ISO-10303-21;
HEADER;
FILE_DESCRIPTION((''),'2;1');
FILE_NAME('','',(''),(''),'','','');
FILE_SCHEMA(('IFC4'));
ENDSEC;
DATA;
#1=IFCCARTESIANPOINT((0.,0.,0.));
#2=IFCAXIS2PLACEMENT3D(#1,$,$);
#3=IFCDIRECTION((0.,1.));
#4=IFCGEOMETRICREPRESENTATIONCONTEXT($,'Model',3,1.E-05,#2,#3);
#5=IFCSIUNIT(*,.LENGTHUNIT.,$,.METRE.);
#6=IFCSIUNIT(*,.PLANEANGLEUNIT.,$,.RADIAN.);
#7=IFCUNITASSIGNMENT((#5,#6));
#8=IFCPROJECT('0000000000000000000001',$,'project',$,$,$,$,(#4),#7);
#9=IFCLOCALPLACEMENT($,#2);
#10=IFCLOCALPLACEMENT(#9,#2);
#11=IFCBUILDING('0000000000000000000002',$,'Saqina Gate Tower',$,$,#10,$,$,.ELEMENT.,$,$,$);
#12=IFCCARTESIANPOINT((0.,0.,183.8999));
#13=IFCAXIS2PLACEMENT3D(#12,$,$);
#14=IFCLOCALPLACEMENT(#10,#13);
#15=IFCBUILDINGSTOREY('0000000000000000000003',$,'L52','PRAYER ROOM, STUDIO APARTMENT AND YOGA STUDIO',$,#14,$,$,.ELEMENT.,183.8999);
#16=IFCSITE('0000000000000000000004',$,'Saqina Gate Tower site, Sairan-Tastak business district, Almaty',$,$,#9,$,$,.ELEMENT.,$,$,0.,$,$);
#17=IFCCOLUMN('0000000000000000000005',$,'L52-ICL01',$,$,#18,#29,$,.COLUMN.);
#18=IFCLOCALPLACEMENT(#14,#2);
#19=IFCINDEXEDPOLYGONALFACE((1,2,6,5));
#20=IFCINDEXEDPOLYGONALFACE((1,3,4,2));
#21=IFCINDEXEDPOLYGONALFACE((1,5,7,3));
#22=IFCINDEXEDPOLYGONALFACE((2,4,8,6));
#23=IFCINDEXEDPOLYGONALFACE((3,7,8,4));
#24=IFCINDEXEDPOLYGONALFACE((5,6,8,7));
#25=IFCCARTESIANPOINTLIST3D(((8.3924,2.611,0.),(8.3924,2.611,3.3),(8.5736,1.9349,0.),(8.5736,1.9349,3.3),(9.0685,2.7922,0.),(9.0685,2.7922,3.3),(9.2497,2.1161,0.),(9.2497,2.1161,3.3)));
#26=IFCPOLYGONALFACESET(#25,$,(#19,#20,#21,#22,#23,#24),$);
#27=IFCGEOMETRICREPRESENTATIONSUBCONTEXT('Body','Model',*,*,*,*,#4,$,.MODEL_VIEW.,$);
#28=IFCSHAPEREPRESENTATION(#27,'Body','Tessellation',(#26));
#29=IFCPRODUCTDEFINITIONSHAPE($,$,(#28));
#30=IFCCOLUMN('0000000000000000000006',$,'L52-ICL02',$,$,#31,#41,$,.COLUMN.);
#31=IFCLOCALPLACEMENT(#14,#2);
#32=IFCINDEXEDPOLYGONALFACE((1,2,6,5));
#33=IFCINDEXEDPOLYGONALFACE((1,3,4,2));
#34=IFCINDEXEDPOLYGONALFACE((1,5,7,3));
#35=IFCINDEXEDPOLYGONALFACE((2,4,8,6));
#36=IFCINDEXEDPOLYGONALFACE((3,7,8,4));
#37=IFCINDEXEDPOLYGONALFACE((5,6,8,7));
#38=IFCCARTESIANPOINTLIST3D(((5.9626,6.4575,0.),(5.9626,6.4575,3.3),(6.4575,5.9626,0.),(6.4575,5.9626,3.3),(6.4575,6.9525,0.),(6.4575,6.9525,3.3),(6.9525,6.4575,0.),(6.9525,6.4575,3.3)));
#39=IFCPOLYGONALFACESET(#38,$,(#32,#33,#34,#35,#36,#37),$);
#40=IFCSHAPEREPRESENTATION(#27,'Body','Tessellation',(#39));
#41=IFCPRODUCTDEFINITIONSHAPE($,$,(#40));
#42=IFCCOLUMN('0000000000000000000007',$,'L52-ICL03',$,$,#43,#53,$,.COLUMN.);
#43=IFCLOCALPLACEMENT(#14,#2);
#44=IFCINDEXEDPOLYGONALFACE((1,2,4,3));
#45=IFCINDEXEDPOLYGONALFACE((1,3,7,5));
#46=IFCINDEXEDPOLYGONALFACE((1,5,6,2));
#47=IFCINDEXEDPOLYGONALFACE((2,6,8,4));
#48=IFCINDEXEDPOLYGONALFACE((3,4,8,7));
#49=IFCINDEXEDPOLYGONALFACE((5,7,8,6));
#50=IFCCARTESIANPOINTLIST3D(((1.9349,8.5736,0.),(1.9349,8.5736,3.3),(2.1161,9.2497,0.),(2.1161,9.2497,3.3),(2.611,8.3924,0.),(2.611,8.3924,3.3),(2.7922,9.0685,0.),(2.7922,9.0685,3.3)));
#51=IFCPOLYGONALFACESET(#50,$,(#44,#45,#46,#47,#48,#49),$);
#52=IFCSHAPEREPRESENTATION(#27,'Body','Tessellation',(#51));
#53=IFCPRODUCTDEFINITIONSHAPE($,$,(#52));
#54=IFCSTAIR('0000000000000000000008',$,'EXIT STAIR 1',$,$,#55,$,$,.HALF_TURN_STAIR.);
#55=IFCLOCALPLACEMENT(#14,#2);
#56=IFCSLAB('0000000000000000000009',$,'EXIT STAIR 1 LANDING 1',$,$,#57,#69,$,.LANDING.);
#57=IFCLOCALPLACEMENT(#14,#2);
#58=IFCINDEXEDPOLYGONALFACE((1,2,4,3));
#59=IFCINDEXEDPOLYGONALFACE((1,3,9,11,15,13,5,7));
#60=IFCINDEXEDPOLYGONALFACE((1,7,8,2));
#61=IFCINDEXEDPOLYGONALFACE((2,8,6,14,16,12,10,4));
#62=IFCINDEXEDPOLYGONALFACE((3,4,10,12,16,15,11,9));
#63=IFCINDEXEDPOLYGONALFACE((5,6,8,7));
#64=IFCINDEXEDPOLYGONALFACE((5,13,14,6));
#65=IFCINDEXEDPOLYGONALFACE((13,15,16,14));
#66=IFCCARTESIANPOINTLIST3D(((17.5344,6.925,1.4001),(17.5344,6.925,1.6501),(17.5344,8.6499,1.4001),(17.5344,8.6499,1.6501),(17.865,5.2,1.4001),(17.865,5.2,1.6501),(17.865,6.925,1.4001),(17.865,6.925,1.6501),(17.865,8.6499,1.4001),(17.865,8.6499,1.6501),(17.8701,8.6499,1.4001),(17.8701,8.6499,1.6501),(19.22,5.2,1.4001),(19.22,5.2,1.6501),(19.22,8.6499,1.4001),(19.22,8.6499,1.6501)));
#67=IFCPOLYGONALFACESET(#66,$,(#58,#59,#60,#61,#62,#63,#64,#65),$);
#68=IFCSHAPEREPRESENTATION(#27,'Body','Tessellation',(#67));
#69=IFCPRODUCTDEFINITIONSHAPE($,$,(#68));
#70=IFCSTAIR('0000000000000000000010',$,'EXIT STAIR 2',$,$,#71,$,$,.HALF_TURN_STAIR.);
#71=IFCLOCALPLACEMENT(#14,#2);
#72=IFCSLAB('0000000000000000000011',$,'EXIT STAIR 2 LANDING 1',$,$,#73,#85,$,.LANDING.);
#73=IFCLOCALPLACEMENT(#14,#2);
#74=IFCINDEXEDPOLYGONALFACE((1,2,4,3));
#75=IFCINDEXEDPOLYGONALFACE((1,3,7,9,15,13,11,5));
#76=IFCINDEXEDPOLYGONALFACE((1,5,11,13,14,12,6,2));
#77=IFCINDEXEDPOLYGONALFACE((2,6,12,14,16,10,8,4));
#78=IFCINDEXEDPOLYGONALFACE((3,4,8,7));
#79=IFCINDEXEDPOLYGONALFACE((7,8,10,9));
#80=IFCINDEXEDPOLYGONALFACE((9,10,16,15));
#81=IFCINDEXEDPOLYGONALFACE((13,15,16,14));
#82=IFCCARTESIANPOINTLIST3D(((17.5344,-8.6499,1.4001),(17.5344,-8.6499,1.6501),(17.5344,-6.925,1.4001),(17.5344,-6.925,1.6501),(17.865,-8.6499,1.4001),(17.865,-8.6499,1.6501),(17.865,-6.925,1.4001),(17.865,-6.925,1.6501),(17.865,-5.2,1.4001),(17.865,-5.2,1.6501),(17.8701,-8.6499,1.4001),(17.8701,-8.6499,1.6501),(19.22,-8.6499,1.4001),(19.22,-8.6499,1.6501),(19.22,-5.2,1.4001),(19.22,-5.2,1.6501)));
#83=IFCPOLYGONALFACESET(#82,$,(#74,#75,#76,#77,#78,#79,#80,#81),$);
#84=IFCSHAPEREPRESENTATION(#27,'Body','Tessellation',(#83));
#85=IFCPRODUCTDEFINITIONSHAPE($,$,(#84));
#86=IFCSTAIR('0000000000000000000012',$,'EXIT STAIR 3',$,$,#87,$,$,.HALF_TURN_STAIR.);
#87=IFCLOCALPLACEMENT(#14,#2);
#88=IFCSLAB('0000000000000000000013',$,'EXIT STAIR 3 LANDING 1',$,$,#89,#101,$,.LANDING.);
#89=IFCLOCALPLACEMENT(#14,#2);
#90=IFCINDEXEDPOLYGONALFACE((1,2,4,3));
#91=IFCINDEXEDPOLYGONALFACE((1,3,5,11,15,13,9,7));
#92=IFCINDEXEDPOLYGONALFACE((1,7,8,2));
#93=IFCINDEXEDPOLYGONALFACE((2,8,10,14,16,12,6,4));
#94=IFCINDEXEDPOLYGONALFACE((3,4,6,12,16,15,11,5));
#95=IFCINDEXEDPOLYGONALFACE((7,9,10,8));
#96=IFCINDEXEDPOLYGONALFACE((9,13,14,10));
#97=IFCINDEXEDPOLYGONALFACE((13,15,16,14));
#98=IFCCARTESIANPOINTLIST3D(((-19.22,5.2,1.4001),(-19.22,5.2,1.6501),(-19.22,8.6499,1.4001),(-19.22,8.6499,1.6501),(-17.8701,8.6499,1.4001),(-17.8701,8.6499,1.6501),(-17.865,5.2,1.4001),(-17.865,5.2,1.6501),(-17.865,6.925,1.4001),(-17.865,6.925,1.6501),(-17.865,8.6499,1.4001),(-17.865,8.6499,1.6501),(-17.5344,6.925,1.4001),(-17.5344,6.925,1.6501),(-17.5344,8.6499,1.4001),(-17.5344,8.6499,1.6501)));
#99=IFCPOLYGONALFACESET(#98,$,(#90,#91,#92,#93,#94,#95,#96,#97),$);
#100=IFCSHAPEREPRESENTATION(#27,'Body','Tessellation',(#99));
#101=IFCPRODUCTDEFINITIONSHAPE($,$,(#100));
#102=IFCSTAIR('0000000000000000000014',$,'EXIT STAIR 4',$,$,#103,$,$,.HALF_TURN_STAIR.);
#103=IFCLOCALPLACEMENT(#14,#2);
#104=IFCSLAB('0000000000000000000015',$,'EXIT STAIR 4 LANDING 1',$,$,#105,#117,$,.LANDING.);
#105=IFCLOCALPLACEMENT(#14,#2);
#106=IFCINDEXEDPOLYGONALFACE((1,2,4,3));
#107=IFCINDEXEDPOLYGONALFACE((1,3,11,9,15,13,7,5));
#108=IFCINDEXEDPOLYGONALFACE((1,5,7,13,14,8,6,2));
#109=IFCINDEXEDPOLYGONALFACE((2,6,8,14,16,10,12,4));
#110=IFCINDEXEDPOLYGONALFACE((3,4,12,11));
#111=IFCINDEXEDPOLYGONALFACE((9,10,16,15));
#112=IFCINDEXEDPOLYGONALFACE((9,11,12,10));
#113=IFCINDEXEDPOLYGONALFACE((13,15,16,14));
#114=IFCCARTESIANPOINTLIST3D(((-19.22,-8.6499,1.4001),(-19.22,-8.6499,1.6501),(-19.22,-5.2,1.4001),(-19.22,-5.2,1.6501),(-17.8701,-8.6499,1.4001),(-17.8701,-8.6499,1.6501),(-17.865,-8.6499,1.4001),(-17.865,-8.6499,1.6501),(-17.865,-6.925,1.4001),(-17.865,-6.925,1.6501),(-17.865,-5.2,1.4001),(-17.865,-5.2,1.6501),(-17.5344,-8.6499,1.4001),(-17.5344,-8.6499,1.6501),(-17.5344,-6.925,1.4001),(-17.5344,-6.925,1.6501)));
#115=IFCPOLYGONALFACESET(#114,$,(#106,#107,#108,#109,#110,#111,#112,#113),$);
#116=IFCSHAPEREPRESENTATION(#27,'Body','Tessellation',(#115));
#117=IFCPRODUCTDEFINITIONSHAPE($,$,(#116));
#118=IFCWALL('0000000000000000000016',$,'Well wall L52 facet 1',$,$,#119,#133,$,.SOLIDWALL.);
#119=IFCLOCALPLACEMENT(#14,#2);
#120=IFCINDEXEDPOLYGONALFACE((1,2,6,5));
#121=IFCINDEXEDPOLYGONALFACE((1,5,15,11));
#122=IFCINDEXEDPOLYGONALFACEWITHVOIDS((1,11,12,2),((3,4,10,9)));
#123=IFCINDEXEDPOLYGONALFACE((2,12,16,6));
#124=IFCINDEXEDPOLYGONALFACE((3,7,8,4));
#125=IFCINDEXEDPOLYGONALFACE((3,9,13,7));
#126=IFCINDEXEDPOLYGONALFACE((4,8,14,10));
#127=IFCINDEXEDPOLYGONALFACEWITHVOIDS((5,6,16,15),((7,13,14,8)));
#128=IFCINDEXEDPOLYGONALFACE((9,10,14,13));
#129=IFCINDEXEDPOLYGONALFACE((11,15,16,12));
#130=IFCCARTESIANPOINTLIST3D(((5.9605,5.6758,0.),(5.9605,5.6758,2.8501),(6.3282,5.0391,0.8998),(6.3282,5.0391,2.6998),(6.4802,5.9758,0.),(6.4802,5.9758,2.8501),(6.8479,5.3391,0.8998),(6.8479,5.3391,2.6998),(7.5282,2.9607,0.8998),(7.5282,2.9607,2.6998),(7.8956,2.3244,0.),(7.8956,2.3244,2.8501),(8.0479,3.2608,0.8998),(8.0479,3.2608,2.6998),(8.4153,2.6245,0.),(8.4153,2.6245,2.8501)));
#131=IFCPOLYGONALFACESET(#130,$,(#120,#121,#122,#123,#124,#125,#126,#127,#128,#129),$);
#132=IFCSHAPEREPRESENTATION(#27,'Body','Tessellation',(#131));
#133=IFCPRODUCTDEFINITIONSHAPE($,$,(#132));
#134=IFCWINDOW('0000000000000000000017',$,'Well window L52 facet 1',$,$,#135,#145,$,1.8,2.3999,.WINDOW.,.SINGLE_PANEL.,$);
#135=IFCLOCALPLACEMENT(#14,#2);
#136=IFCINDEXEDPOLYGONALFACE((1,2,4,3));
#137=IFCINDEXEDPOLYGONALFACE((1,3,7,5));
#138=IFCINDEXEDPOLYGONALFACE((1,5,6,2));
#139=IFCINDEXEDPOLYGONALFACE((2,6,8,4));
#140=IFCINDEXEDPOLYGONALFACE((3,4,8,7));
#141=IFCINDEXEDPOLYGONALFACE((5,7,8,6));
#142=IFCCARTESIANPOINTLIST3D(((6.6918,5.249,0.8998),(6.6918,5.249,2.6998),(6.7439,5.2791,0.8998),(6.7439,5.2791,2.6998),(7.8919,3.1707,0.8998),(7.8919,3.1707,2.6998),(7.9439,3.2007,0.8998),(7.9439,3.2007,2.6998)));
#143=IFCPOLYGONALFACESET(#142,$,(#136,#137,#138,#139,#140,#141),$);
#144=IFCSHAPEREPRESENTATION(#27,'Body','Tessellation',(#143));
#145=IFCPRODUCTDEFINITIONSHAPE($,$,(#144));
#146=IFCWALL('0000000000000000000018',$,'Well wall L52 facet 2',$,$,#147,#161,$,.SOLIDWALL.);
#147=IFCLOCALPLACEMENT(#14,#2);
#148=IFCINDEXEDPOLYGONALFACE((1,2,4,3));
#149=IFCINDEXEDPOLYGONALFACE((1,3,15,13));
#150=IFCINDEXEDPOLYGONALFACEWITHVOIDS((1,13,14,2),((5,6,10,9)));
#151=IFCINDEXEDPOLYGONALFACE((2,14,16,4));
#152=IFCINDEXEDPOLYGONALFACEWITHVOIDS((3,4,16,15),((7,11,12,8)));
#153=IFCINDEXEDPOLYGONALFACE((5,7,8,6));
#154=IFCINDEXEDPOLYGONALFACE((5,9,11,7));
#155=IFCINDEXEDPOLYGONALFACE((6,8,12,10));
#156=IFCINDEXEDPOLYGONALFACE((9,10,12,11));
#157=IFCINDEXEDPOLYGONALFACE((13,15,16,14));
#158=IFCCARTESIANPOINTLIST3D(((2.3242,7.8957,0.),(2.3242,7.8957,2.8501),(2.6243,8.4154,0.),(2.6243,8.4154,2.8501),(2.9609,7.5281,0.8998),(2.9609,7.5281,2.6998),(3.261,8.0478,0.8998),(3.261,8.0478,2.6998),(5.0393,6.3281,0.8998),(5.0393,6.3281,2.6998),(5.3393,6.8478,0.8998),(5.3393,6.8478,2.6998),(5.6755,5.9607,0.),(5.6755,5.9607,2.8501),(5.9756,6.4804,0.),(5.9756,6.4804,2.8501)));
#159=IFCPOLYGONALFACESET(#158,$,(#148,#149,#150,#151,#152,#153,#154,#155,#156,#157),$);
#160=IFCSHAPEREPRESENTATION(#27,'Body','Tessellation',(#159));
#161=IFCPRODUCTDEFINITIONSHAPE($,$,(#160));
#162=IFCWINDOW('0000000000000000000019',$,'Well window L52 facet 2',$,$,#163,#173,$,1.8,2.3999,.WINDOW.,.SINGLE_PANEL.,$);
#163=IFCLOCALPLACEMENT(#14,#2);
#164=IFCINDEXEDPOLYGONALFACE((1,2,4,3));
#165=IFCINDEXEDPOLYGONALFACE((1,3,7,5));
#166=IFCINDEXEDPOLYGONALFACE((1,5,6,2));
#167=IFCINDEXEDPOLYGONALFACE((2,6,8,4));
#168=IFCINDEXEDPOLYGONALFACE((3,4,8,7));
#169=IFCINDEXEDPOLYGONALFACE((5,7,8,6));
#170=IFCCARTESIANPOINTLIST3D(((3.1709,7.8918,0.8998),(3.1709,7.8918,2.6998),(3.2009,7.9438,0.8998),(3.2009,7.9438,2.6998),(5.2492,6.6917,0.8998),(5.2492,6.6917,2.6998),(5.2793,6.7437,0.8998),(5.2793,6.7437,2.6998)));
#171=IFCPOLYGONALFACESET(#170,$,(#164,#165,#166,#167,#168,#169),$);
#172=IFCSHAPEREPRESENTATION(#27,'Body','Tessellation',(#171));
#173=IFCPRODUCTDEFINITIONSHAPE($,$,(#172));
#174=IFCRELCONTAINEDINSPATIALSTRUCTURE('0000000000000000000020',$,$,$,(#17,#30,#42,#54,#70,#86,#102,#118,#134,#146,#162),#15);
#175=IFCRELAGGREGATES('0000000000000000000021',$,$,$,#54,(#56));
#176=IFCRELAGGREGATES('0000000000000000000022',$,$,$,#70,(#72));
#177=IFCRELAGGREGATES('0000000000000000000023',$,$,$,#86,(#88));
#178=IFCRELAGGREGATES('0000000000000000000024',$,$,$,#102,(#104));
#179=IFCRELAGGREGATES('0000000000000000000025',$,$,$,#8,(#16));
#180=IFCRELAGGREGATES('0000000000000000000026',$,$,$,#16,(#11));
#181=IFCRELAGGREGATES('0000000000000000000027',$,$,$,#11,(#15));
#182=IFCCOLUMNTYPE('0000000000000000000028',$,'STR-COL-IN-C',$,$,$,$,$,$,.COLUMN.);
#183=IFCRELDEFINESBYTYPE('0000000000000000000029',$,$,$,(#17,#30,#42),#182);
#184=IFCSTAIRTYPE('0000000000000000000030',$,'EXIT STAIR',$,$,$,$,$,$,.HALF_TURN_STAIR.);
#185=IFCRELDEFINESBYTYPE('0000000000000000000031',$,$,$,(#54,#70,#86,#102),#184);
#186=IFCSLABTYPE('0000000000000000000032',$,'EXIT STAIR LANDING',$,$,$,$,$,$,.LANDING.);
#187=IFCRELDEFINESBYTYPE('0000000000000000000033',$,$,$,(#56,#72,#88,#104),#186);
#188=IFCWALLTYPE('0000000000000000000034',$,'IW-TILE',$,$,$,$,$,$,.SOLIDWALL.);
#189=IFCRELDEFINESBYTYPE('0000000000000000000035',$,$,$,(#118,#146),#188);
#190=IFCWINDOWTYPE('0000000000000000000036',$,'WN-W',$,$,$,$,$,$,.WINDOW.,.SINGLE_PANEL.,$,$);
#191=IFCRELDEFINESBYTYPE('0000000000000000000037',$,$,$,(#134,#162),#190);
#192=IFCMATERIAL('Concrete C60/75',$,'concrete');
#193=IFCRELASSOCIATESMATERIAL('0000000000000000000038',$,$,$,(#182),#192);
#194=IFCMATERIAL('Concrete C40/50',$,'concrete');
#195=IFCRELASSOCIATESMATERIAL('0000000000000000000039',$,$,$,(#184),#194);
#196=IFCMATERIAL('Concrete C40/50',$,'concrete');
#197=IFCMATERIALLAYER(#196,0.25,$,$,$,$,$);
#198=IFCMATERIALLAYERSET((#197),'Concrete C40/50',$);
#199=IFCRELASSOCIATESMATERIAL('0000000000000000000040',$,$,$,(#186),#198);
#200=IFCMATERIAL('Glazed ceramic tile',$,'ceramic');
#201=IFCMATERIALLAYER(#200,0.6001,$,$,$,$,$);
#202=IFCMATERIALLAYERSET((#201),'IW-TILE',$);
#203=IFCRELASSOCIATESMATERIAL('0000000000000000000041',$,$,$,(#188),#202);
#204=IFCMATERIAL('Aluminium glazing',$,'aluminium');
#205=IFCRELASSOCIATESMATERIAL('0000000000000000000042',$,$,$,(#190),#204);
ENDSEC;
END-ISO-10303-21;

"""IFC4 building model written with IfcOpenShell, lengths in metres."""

from ifc_helpers import new_model, si_unit, direction, frame, frame_2d, origin, origin_2d, place, context, subcontext, project, spatial, polyline, rectangle, outline, extrude, material, layer, layer_set, material_profile, profile_set, type_object, element, fill, aggregate, save


model = new_model("IFC4")

# Units and contexts
model_context = context("Model", 3, precision=1e-05, world=origin(), true_north=direction((0.0, 1.0)))
body_context = subcontext(model_context, "Body", "Model", "MODEL_VIEW")
ifc_project = project(units=[si_unit("LENGTHUNIT", "METRE"), si_unit("PLANEANGLEUNIT", "RADIAN")], contexts=[model_context])

# Site, building, storey
site_placement = place(None, origin())
site = spatial("IfcSite", under=ifc_project, at=site_placement, Name="Saqina Gate Tower site, Sairan-Tastak business district, Almaty", CompositionType="ELEMENT", RefElevation=0.0)
building_placement = place(site_placement, origin())
building = spatial("IfcBuilding", under=site, at=building_placement, Name="Saqina Gate Tower", CompositionType="ELEMENT")
storey_placement = place(building_placement, frame((0.0, 0.0, 183.8999)))
storey = spatial("IfcBuildingStorey", under=building, at=storey_placement, Name="L52", Description="PRAYER ROOM, STUDIO APARTMENT AND YOGA STUDIO", CompositionType="ELEMENT", Elevation=183.8999)

# Columns
ifc_material_1 = material(Name="Concrete C60/75", Category="concrete")
ifc_material_profile = material_profile(ifc_material_1, rectangle(XDim=0.7, YDim=0.7, at=origin_2d()), Name="RC 700x700")
ifc_profile_set = profile_set([ifc_material_profile], Name="Concrete C60/75")
column_type = type_object("IfcColumnType", Name="STR-COL-IN-C", PredefinedType="COLUMN", material=ifc_profile_set)
for number, where, z_axis, x_axis, name in (
    (1, (8.821, 2.3635, 0.0), (0.0, 0.0, 1.0), (0.965926, 0.258819, 0.0), "L52-ICL01"),
    (2, (6.4575, 6.4575, 0.0), (0.0, 0.0, 1.0), (0.707107, 0.707107, 0.0), "L52-ICL02"),
    (3, (2.3635, 8.821, 0.0), (0.0, 0.0, 1.0), (0.258819, 0.965926, 0.0), "L52-ICL03"),
):
    element("IfcColumn", number, at=place(storey_placement, frame(where, z_axis=z_axis, x_axis=x_axis)), inside=storey, type_object=column_type, Name=name, PredefinedType="COLUMN", context=body_context, shape_type="SweptSolid", body=[
        extrude(rectangle(XDim=0.7, YDim=0.7, at=origin_2d()), origin(), (0.0, 0.0, 1.0), 3.3),
    ])

# Stairs, slabs
ifc_material_2 = material(Name="Concrete C40/50", Category="concrete")
stair_type = type_object("IfcStairType", Name="EXIT STAIR", PredefinedType="HALF_TURN_STAIR", material=ifc_material_2)
stair_1_placement = place(storey_placement, origin())
stair_1 = element("IfcStair", 4, at=stair_1_placement, inside=storey, type_object=stair_type, Name="EXIT STAIR 1", PredefinedType="HALF_TURN_STAIR")
ifc_material_3 = material(Name="Concrete C40/50", Category="concrete")
ifc_layer_1 = layer(ifc_material_3, 0.25)
ifc_layer_set_1 = layer_set([ifc_layer_1], Name="Concrete C40/50")
slab_type = type_object("IfcSlabType", Name="EXIT STAIR LANDING", PredefinedType="LANDING", material=ifc_layer_set_1)
slab_1_placement = place(storey_placement, frame((0.0, 0.0, 1.4001)))
slab_1 = element("IfcSlab", 5, at=slab_1_placement, type_object=slab_type, Name="EXIT STAIR 1 LANDING 1", PredefinedType="LANDING", context=body_context, shape_type="SweptSolid", body=[
    extrude(outline(polyline([(19.22, 8.6499), (19.22, 5.2), (17.865, 5.2), (17.865, 6.925), (17.5344, 6.925), (17.5344, 8.6499), (17.865, 8.6499), (17.8701, 8.6499), (19.22, 8.6499)])), origin(), (0.0, 0.0, 1.0), 0.25),
])
aggregate(stair_1, [slab_1])
stair_2_placement = place(storey_placement, origin())
stair_2 = element("IfcStair", 6, at=stair_2_placement, inside=storey, type_object=stair_type, Name="EXIT STAIR 2", PredefinedType="HALF_TURN_STAIR")
slab_2_placement = place(storey_placement, frame((0.0, 0.0, 1.4001)))
slab_2 = element("IfcSlab", 7, at=slab_2_placement, type_object=slab_type, Name="EXIT STAIR 2 LANDING 1", PredefinedType="LANDING", context=body_context, shape_type="SweptSolid", body=[
    extrude(outline(polyline([(17.5344, -8.6499), (17.5344, -6.925), (17.865, -6.925), (17.865, -5.2), (19.22, -5.2), (19.22, -8.6499), (17.8701, -8.6499), (17.865, -8.6499), (17.5344, -8.6499)])), origin(), (0.0, 0.0, 1.0), 0.25),
])
aggregate(stair_2, [slab_2])
stair_3_placement = place(storey_placement, origin())
stair_3 = element("IfcStair", 8, at=stair_3_placement, inside=storey, type_object=stair_type, Name="EXIT STAIR 3", PredefinedType="HALF_TURN_STAIR")
slab_3_placement = place(storey_placement, frame((0.0, 0.0, 1.4001)))
slab_3 = element("IfcSlab", 9, at=slab_3_placement, type_object=slab_type, Name="EXIT STAIR 3 LANDING 1", PredefinedType="LANDING", context=body_context, shape_type="SweptSolid", body=[
    extrude(outline(polyline([(-17.865, 5.2), (-19.22, 5.2), (-19.22, 8.6499), (-17.8701, 8.6499), (-17.865, 8.6499), (-17.5344, 8.6499), (-17.5344, 6.925), (-17.865, 6.925), (-17.865, 5.2)])), origin(), (0.0, 0.0, 1.0), 0.25),
])
aggregate(stair_3, [slab_3])
stair_4_placement = place(storey_placement, origin())
stair_4 = element("IfcStair", 10, at=stair_4_placement, inside=storey, type_object=stair_type, Name="EXIT STAIR 4", PredefinedType="HALF_TURN_STAIR")
slab_4_placement = place(storey_placement, frame((0.0, 0.0, 1.4001)))
slab_4 = element("IfcSlab", 11, at=slab_4_placement, type_object=slab_type, Name="EXIT STAIR 4 LANDING 1", PredefinedType="LANDING", context=body_context, shape_type="SweptSolid", body=[
    extrude(outline(polyline([(-17.5344, -6.925), (-17.5344, -8.6499), (-17.865, -8.6499), (-17.8701, -8.6499), (-19.22, -8.6499), (-19.22, -5.2), (-17.865, -5.2), (-17.865, -6.925), (-17.5344, -6.925)])), origin(), (0.0, 0.0, 1.0), 0.25),
])
aggregate(stair_4, [slab_4])

# Walls, openings, windows
ifc_material_4 = material(Name="Glazed ceramic tile", Category="ceramic")
ifc_layer_2 = layer(ifc_material_4, 0.6001)
ifc_layer_set_2 = layer_set([ifc_layer_2], Name="IW-TILE")
wall_type_1 = type_object("IfcWallType", Name="IW-TILE", PredefinedType="SOLIDWALL", material=ifc_layer_set_2)
wall_1_placement = place(storey_placement, frame((8.1555, 2.4744, 0.0), z_axis=(0.0, 0.0, 1.0), x_axis=(-0.500034, 0.866006, 0.0)))
wall_1 = element("IfcWall", 12, at=wall_1_placement, inside=storey, type_object=wall_type_1, Name="Well wall L52 facet 1", PredefinedType="SOLIDWALL", context=body_context, shape_type="SweptSolid", body=[
    extrude(rectangle(XDim=3.8699, YDim=0.6001, at=frame_2d((1.9351, 0.0))), origin(), (0.0, 0.0, 1.0), 2.8501),
])
opening_1_placement = place(wall_1_placement, frame((0.7349, 0.0, 0.8999)))
opening_1 = element("IfcOpeningElement", 13, at=opening_1_placement, cuts=wall_1, PredefinedType="OPENING", context=body_context, shape_type="SweptSolid", body=[
    extrude(rectangle(XDim=2.3999, YDim=1.8, at=frame_2d((1.2, 0.8999))), frame((0.0, 0.312, 0.0), z_axis=(0.0, -1.0, 0.0), x_axis=(1.0, 0.0, 0.0)), (0.0, 0.0, 1.0), 0.624),
])
ifc_material_5 = material(Name="Aluminium glazing", Category="aluminium")
window_type = type_object("IfcWindowType", Name="WN-W", PartitioningType="SINGLE_PANEL", PredefinedType="WINDOW", material=ifc_material_5)
window_1_placement = place(opening_1_placement, origin())
window_1 = element("IfcWindow", 14, at=window_1_placement, inside=storey, type_object=window_type, Name="Well window L52 facet 1", OverallHeight=1.8, OverallWidth=2.3999, PartitioningType="SINGLE_PANEL", PredefinedType="WINDOW", context=body_context, shape_type="SweptSolid", body=[
    extrude(rectangle(XDim=2.3999, YDim=1.8, at=frame_2d((1.2, 0.8999))), frame((0.0, -0.1199, 0.0), z_axis=(0.0, -1.0, 0.0), x_axis=(1.0, 0.0, 0.0)), (0.0, 0.0, 1.0), 0.0601),
])
fill(opening_1, window_1)
wall_2_placement = place(storey_placement, frame((5.8257, 6.2205, 0.0), z_axis=(0.0, 0.0, 1.0), x_axis=(-0.866006, 0.500034, 0.0)))
wall_2 = element("IfcWall", 15, at=wall_2_placement, inside=storey, type_object=wall_type_1, Name="Well wall L52 facet 2", PredefinedType="SOLIDWALL", context=body_context, shape_type="SweptSolid", body=[
    extrude(rectangle(XDim=3.8699, YDim=0.6001, at=frame_2d((1.9351, 0.0))), origin(), (0.0, 0.0, 1.0), 2.8501),
])
opening_2_placement = place(wall_2_placement, frame((0.7349, 0.0, 0.8999)))
opening_2 = element("IfcOpeningElement", 16, at=opening_2_placement, cuts=wall_2, PredefinedType="OPENING", context=body_context, shape_type="SweptSolid", body=[
    extrude(rectangle(XDim=2.3999, YDim=1.8, at=frame_2d((1.2, 0.8999))), frame((0.0, 0.312, 0.0), z_axis=(0.0, -1.0, 0.0), x_axis=(1.0, 0.0, 0.0)), (0.0, 0.0, 1.0), 0.624),
])
window_2_placement = place(opening_2_placement, origin())
window_2 = element("IfcWindow", 17, at=window_2_placement, inside=storey, type_object=window_type, Name="Well window L52 facet 2", OverallHeight=1.8, OverallWidth=2.3999, PartitioningType="SINGLE_PANEL", PredefinedType="WINDOW", context=body_context, shape_type="SweptSolid", body=[
    extrude(rectangle(XDim=2.3999, YDim=1.8, at=frame_2d((1.2, 0.8999))), frame((0.0, -0.1199, 0.0), z_axis=(0.0, -1.0, 0.0), x_axis=(1.0, 0.0, 0.0)), (0.0, 0.0, 1.0), 0.0601),
])
fill(opening_2, window_2)

save(model, "model.ifc")
